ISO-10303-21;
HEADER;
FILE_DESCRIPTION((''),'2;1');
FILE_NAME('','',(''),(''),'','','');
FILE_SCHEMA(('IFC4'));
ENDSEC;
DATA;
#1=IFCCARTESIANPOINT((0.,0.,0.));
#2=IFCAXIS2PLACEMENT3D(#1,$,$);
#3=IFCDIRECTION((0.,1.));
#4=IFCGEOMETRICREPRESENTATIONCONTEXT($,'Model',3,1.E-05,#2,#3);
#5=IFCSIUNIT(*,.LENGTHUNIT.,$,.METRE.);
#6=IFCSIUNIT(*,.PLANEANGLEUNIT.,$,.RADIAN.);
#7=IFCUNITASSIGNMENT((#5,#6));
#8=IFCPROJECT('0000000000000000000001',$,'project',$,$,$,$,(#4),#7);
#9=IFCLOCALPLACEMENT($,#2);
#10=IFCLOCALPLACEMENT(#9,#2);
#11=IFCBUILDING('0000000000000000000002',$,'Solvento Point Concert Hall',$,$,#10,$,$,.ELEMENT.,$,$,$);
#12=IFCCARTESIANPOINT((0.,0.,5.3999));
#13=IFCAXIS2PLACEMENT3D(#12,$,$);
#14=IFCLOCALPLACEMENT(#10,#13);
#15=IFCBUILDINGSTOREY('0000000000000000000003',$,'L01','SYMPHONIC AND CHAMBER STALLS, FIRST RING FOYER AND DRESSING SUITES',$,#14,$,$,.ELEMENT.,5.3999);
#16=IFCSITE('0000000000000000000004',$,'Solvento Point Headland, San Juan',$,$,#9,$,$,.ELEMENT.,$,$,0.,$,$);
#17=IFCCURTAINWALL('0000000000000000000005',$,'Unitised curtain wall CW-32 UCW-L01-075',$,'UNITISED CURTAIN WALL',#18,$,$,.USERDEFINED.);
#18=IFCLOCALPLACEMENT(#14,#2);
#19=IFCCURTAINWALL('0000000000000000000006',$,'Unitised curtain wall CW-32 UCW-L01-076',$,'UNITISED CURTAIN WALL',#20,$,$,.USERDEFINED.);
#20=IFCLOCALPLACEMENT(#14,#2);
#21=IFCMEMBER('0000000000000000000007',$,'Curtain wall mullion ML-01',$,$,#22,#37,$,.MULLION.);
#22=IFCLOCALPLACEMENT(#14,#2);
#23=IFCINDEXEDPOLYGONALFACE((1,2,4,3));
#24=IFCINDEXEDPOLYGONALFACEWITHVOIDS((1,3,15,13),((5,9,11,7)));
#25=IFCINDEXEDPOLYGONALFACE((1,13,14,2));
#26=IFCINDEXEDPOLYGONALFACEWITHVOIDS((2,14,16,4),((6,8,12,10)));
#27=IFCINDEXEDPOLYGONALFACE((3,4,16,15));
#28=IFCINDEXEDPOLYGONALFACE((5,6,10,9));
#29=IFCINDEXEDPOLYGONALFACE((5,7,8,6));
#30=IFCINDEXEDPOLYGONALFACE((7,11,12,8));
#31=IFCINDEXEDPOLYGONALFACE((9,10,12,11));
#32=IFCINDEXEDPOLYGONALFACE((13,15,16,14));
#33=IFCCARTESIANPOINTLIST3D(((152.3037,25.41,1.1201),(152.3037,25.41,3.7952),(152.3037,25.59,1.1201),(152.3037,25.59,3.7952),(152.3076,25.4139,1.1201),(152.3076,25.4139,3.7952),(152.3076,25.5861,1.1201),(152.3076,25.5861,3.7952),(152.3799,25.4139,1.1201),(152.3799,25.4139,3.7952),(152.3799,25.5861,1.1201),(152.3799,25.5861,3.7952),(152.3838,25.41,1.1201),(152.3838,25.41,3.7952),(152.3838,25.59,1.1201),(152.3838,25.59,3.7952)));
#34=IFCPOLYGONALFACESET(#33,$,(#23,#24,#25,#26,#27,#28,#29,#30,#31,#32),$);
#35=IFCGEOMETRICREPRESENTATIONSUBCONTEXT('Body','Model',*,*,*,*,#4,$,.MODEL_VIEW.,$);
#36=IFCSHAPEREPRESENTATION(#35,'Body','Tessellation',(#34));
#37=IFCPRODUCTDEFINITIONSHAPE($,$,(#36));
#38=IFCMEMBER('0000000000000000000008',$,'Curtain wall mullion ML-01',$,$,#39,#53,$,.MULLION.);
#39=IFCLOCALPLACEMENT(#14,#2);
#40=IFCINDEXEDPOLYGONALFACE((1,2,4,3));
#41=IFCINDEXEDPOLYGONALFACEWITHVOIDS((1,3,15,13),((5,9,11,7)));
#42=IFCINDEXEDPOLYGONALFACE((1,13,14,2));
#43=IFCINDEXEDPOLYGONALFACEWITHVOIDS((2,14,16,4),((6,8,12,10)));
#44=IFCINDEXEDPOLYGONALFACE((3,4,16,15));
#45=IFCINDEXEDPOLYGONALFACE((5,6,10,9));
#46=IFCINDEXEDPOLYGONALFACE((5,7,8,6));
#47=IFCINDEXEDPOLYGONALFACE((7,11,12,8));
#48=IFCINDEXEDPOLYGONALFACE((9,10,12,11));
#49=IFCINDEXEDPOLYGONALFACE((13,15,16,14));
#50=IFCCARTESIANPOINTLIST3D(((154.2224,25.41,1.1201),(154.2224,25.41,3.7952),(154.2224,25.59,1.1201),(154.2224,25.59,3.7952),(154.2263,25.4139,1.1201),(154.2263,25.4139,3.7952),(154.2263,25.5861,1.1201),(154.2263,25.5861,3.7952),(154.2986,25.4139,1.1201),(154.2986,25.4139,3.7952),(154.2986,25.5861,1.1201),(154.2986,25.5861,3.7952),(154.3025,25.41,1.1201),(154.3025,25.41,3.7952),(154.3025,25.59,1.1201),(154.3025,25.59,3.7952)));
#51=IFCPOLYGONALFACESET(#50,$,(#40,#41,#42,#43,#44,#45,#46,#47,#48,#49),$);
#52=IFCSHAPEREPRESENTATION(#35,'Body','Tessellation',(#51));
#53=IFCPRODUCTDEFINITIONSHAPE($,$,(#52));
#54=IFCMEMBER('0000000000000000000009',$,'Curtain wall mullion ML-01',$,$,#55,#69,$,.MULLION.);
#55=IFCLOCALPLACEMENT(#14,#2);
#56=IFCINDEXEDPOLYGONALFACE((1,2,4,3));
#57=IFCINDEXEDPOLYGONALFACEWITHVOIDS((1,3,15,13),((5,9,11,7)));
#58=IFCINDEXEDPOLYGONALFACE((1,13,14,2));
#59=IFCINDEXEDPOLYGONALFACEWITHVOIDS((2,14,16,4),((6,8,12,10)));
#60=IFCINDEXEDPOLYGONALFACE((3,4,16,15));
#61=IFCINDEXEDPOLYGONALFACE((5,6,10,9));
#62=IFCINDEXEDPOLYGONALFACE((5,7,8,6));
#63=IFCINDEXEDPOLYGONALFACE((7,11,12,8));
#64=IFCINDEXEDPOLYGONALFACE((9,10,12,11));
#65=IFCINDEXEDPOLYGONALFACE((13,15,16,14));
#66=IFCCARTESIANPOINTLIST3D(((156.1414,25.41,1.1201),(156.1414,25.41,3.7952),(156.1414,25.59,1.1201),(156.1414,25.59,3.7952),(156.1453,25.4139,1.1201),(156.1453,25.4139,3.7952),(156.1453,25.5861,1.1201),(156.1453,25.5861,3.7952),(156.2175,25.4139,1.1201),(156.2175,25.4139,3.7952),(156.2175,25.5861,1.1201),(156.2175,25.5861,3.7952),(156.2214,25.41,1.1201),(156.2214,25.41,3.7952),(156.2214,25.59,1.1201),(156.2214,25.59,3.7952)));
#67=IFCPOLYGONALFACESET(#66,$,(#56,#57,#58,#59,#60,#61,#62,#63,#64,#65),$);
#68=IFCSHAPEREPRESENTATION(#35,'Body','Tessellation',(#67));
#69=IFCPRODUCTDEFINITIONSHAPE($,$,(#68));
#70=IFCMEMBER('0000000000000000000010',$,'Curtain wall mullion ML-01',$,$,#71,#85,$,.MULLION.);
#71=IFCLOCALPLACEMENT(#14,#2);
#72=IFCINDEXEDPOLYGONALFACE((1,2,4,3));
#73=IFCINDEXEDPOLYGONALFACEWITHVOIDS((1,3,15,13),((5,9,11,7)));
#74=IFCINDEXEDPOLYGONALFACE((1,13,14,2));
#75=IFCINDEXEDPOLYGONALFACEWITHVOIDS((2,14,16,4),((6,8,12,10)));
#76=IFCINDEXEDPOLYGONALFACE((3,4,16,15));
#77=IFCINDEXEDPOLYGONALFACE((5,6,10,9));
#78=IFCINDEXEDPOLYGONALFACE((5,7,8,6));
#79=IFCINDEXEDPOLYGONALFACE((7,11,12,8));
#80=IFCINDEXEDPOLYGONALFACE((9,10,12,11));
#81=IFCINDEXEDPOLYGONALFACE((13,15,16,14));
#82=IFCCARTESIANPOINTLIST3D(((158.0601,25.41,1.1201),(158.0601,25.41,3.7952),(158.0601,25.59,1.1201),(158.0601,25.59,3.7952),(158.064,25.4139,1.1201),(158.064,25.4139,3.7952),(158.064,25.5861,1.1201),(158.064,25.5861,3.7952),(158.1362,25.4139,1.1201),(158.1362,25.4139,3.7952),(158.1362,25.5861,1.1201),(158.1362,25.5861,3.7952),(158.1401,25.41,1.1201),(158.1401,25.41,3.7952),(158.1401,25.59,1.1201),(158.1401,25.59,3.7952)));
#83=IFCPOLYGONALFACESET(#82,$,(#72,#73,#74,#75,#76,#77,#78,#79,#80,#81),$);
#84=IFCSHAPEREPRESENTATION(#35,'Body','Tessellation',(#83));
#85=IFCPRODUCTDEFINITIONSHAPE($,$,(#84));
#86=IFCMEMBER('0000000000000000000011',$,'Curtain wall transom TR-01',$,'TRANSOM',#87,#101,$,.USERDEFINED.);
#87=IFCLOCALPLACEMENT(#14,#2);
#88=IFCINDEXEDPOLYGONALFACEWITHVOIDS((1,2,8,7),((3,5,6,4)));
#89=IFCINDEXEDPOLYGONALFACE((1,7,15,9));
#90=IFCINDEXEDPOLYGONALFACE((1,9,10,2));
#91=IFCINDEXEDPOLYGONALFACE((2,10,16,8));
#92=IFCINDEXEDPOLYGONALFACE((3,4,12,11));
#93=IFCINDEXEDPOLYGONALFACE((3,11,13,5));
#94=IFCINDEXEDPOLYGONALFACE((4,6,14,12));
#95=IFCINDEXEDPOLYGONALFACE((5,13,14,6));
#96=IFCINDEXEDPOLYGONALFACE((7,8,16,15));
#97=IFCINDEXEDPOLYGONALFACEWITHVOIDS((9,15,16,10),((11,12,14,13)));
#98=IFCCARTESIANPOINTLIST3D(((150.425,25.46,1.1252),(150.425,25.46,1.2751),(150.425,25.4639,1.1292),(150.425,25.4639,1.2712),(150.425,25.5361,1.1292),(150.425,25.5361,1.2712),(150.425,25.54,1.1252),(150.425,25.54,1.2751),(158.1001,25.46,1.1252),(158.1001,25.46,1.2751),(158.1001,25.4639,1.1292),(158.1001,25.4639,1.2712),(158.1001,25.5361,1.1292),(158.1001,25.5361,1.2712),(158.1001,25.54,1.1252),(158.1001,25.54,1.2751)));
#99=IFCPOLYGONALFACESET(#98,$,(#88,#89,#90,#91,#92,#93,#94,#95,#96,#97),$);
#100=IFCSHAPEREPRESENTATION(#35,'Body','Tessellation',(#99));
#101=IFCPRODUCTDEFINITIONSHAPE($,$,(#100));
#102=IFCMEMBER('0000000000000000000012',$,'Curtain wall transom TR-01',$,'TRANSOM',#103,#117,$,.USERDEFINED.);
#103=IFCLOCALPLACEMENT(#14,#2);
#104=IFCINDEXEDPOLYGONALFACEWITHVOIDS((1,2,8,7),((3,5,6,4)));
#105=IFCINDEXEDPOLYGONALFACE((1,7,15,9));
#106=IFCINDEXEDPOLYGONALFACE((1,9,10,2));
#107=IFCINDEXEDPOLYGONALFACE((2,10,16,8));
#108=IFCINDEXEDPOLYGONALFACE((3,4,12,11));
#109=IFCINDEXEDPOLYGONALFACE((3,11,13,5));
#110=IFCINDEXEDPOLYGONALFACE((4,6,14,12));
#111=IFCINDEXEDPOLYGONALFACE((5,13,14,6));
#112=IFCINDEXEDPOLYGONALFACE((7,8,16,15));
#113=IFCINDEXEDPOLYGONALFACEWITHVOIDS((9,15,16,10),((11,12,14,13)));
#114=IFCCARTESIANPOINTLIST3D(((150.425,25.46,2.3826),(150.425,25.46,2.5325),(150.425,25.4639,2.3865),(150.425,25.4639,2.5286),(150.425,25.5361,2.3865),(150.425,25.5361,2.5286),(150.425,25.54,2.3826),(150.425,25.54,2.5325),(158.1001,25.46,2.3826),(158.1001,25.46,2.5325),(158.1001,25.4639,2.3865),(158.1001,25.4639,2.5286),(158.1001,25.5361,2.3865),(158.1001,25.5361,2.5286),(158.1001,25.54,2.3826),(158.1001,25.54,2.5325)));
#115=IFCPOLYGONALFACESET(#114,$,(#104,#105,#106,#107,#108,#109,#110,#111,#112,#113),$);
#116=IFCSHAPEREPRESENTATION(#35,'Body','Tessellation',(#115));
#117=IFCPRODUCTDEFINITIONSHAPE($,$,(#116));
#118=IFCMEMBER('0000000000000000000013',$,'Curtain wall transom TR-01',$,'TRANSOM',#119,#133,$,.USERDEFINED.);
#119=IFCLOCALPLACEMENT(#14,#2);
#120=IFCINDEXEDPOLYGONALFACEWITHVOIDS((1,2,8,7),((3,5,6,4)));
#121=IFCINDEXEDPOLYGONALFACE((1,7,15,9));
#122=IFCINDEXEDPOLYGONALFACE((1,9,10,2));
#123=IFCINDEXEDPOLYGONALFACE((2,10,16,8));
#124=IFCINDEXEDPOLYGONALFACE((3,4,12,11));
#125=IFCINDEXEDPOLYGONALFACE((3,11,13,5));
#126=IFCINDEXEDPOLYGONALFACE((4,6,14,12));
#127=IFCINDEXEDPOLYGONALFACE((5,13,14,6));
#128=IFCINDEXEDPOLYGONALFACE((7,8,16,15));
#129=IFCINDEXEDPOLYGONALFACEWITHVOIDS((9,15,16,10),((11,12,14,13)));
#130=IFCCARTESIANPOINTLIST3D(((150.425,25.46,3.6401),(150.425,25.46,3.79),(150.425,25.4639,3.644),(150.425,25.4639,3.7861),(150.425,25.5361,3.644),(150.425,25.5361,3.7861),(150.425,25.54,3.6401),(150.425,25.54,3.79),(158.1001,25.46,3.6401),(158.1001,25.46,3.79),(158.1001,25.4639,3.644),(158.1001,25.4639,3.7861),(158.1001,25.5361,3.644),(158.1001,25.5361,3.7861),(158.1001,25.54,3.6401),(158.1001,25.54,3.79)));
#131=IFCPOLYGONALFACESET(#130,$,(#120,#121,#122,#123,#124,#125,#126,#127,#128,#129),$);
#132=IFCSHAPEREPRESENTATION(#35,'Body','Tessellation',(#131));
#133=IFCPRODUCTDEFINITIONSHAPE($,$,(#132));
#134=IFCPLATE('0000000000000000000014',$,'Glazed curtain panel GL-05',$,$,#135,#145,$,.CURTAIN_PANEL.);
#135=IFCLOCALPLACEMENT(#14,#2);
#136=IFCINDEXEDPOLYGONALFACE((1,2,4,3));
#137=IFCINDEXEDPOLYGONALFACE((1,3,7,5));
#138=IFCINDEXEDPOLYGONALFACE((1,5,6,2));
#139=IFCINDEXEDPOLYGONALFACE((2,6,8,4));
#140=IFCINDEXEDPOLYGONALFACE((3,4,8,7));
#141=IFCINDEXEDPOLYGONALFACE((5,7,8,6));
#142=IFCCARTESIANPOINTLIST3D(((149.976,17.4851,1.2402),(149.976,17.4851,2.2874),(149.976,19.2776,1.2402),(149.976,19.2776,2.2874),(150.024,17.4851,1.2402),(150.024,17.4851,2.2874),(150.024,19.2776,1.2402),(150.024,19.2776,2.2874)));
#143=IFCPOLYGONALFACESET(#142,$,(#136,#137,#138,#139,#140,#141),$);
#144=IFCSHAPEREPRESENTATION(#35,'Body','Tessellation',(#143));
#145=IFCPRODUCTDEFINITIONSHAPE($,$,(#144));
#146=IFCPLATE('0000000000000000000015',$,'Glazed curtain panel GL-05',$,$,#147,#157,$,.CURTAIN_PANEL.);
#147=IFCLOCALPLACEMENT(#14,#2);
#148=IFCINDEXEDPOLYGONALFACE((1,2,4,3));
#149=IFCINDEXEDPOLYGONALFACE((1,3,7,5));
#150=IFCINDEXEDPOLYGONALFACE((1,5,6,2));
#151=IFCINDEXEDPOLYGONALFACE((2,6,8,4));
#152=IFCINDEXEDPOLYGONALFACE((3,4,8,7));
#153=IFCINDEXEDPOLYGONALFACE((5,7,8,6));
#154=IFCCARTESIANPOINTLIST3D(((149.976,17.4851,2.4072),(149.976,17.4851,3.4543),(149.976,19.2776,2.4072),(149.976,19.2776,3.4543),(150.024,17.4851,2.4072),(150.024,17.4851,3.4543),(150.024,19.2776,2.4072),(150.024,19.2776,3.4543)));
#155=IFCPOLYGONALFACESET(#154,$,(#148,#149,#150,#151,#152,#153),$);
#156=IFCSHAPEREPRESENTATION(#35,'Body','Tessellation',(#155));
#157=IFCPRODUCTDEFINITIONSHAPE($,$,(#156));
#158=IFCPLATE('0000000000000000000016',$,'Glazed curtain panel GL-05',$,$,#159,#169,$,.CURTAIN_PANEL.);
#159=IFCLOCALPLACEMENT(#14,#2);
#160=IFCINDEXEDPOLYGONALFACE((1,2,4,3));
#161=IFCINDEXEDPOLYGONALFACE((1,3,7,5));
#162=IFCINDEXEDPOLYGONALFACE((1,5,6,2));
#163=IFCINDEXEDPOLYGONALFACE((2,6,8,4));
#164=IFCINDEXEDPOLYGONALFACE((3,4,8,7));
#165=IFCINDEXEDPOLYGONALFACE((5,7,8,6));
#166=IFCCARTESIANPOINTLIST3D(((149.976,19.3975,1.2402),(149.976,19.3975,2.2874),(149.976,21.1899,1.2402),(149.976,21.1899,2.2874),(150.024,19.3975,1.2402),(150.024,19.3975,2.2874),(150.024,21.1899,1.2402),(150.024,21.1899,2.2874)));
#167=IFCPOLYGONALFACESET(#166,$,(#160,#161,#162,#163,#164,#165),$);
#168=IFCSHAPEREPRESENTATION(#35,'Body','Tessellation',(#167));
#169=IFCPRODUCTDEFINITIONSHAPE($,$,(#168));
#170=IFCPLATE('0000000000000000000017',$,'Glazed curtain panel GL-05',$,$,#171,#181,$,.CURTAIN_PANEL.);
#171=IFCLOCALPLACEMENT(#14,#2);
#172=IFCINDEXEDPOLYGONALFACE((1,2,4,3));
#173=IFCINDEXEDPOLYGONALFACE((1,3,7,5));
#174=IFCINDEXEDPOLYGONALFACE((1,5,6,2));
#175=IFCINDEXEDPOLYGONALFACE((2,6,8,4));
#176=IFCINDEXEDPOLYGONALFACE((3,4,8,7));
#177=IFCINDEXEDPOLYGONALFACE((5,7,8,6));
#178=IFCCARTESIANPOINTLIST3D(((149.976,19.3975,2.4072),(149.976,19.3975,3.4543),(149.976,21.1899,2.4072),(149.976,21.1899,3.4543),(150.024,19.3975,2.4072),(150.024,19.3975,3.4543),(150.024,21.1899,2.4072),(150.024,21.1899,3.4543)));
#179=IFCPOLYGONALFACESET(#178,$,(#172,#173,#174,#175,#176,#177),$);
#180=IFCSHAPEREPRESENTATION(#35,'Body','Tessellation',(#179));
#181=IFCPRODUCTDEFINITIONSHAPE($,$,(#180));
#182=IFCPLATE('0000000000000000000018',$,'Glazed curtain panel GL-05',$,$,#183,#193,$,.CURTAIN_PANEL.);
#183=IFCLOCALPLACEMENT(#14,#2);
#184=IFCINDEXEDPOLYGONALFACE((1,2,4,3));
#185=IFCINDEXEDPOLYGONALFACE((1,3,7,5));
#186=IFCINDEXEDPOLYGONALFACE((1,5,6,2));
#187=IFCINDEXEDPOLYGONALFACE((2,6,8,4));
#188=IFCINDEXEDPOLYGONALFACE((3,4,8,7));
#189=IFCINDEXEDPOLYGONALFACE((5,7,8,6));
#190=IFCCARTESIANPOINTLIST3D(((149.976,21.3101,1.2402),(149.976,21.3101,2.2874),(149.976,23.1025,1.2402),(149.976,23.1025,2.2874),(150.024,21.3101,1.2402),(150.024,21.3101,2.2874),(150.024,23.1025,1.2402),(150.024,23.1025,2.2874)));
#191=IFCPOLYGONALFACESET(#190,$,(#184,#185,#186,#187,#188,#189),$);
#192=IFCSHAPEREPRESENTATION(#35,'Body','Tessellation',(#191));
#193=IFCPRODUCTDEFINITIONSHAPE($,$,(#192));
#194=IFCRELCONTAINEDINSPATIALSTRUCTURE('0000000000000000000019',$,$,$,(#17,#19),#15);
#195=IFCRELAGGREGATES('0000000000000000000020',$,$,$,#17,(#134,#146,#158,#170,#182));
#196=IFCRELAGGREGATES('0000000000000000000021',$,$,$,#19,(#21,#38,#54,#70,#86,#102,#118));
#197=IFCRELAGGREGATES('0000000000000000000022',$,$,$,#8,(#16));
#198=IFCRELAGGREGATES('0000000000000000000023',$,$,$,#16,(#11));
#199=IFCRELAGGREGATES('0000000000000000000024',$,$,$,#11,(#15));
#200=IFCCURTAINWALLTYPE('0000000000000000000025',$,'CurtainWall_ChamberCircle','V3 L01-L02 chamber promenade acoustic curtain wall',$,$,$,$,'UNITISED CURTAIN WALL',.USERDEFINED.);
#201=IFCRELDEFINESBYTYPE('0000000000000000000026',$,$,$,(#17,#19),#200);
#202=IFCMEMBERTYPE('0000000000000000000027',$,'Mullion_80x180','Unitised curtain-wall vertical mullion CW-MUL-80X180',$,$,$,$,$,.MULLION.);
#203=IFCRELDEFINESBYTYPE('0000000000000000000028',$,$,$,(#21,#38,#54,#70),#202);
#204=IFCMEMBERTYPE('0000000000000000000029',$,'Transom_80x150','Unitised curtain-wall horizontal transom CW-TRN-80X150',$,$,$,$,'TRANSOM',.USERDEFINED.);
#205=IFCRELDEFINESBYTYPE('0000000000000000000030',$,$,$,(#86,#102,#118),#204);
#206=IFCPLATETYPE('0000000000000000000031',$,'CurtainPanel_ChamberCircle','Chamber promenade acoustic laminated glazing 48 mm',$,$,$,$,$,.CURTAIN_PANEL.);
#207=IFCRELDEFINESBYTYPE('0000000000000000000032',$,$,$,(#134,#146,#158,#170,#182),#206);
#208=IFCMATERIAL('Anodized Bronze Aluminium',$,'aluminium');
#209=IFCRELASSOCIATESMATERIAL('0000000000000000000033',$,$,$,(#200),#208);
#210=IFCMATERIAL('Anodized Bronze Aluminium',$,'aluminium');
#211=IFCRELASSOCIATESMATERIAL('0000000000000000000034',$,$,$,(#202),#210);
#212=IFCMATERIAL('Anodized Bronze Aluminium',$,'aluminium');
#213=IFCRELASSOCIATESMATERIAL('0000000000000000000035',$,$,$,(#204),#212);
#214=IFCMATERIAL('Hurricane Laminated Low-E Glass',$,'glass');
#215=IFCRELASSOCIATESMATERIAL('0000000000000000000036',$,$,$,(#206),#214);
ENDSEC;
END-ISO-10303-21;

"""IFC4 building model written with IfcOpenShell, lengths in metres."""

from ifc_helpers import new_model, si_unit, direction, frame, origin, origin_2d, place, context, subcontext, project, spatial, rectangle, hollow_rectangle, extrude, material, material_profile, profile_set, type_object, element, aggregate, save


model = new_model("IFC4")

# Units and contexts
model_context = context("Model", 3, precision=1e-05, world=origin(), true_north=direction((0.0, 1.0)))
body_context = subcontext(model_context, "Body", "Model", "MODEL_VIEW")
ifc_project = project(units=[si_unit("LENGTHUNIT", "METRE"), si_unit("PLANEANGLEUNIT", "RADIAN")], contexts=[model_context])

# Site, building, storey
site_placement = place(None, origin())
site = spatial("IfcSite", under=ifc_project, at=site_placement, Name="Solvento Point Headland, San Juan", CompositionType="ELEMENT", RefElevation=0.0)
building_placement = place(site_placement, origin())
building = spatial("IfcBuilding", under=site, at=building_placement, Name="Solvento Point Concert Hall", CompositionType="ELEMENT")
storey_placement = place(building_placement, frame((0.0, 0.0, 5.3999)))
storey = spatial("IfcBuildingStorey", under=building, at=storey_placement, Name="L01", Description="SYMPHONIC AND CHAMBER STALLS, FIRST RING FOYER AND DRESSING SUITES", CompositionType="ELEMENT", Elevation=5.3999)

# Curtain walls, members
ifc_material_1 = material(Name="Anodized Bronze Aluminium", Category="aluminium")
curtain_wall_type = type_object("IfcCurtainWallType", Name="CurtainWall_ChamberCircle", Description="V3 L01-L02 chamber promenade acoustic curtain wall", ElementType="UNITISED CURTAIN WALL", PredefinedType="USERDEFINED", material=ifc_material_1)
curtain_wall_1_placement = place(storey_placement, origin())
curtain_wall_1 = element("IfcCurtainWall", 1, at=curtain_wall_1_placement, inside=storey, type_object=curtain_wall_type, Name="Unitised curtain wall CW-32 UCW-L01-075", ObjectType="UNITISED CURTAIN WALL", PredefinedType="USERDEFINED")
ifc_material_2 = material(Name="Anodized Bronze Aluminium", Category="aluminium")
ifc_material_profile_1 = material_profile(ifc_material_2, hollow_rectangle(XDim=0.0801, YDim=0.1799, WallThickness=0.0039, at=origin_2d()), Name="CW-MUL-80X180")
ifc_profile_set_1 = profile_set([ifc_material_profile_1], Name="Anodized Bronze Aluminium")
member_type_1 = type_object("IfcMemberType", Name="Mullion_80x180", Description="Unitised curtain-wall vertical mullion CW-MUL-80X180", PredefinedType="MULLION", material=ifc_profile_set_1)
curtain_wall_2_placement = place(storey_placement, origin())
curtain_wall_2 = element("IfcCurtainWall", 2, at=curtain_wall_2_placement, inside=storey, type_object=curtain_wall_type, Name="Unitised curtain wall CW-32 UCW-L01-076", ObjectType="UNITISED CURTAIN WALL", PredefinedType="USERDEFINED")
member_1_placement = place(storey_placement, frame((152.3438, 25.5, 1.1201), z_axis=(0.0, 0.0, 1.0), x_axis=(1.0, 0.0, 0.0)))
member_1 = element("IfcMember", 3, at=member_1_placement, type_object=member_type_1, Name="Curtain wall mullion ML-01", PredefinedType="MULLION", context=body_context, shape_type="SweptSolid", body=[
    extrude(hollow_rectangle(XDim=0.0801, YDim=0.1799, WallThickness=0.0039, at=origin_2d()), origin(), (0.0, 0.0, 1.0), 2.675),
])
member_2_placement = place(storey_placement, frame((154.2625, 25.5, 1.1201), z_axis=(0.0, 0.0, 1.0), x_axis=(1.0, 0.0, 0.0)))
member_2 = element("IfcMember", 4, at=member_2_placement, type_object=member_type_1, Name="Curtain wall mullion ML-01", PredefinedType="MULLION", context=body_context, shape_type="SweptSolid", body=[
    extrude(hollow_rectangle(XDim=0.0801, YDim=0.1799, WallThickness=0.0039, at=origin_2d()), origin(), (0.0, 0.0, 1.0), 2.675),
])
member_3_placement = place(storey_placement, frame((156.1814, 25.5, 1.1201), z_axis=(0.0, 0.0, 1.0), x_axis=(1.0, 0.0, 0.0)))
member_3 = element("IfcMember", 5, at=member_3_placement, type_object=member_type_1, Name="Curtain wall mullion ML-01", PredefinedType="MULLION", context=body_context, shape_type="SweptSolid", body=[
    extrude(hollow_rectangle(XDim=0.0801, YDim=0.1799, WallThickness=0.0039, at=origin_2d()), origin(), (0.0, 0.0, 1.0), 2.675),
])
member_4_placement = place(storey_placement, frame((158.1001, 25.5, 1.1201), z_axis=(0.0, 0.0, 1.0), x_axis=(1.0, 0.0, 0.0)))
member_4 = element("IfcMember", 6, at=member_4_placement, type_object=member_type_1, Name="Curtain wall mullion ML-01", PredefinedType="MULLION", context=body_context, shape_type="SweptSolid", body=[
    extrude(hollow_rectangle(XDim=0.0801, YDim=0.1799, WallThickness=0.0039, at=origin_2d()), origin(), (0.0, 0.0, 1.0), 2.675),
])
ifc_material_3 = material(Name="Anodized Bronze Aluminium", Category="aluminium")
ifc_material_profile_2 = material_profile(ifc_material_3, hollow_rectangle(XDim=0.0801, YDim=0.1499, WallThickness=0.0039, at=origin_2d()), Name="CW-TRN-80X150")
ifc_profile_set_2 = profile_set([ifc_material_profile_2], Name="Anodized Bronze Aluminium")
member_type_2 = type_object("IfcMemberType", Name="Transom_80x150", Description="Unitised curtain-wall horizontal transom CW-TRN-80X150", ElementType="TRANSOM", PredefinedType="USERDEFINED", material=ifc_profile_set_2)
member_5_placement = place(storey_placement, frame((150.425, 25.5, 1.2002), z_axis=(1.0, 0.0, 0.0), x_axis=(0.0, 1.0, 0.0)))
member_5 = element("IfcMember", 7, at=member_5_placement, type_object=member_type_2, Name="Curtain wall transom TR-01", ObjectType="TRANSOM", PredefinedType="USERDEFINED", context=body_context, shape_type="SweptSolid", body=[
    extrude(hollow_rectangle(XDim=0.0801, YDim=0.1499, WallThickness=0.0039, at=origin_2d()), origin(), (0.0, 0.0, 1.0), 7.675),
])
member_6_placement = place(storey_placement, frame((150.425, 25.5, 2.4575), z_axis=(1.0, 0.0, 0.0), x_axis=(0.0, 1.0, 0.0)))
member_6 = element("IfcMember", 8, at=member_6_placement, type_object=member_type_2, Name="Curtain wall transom TR-01", ObjectType="TRANSOM", PredefinedType="USERDEFINED", context=body_context, shape_type="SweptSolid", body=[
    extrude(hollow_rectangle(XDim=0.0801, YDim=0.1499, WallThickness=0.0039, at=origin_2d()), origin(), (0.0, 0.0, 1.0), 7.675),
])
member_7_placement = place(storey_placement, frame((150.425, 25.5, 3.7151), z_axis=(1.0, 0.0, 0.0), x_axis=(0.0, 1.0, 0.0)))
member_7 = element("IfcMember", 9, at=member_7_placement, type_object=member_type_2, Name="Curtain wall transom TR-01", ObjectType="TRANSOM", PredefinedType="USERDEFINED", context=body_context, shape_type="SweptSolid", body=[
    extrude(hollow_rectangle(XDim=0.0801, YDim=0.1499, WallThickness=0.0039, at=origin_2d()), origin(), (0.0, 0.0, 1.0), 7.675),
])

# Plates
ifc_material_4 = material(Name="Hurricane Laminated Low-E Glass", Category="glass")
plate_type = type_object("IfcPlateType", Name="CurtainPanel_ChamberCircle", Description="Chamber promenade acoustic laminated glazing 48 mm", PredefinedType="CURTAIN_PANEL", material=ifc_material_4)
plate_1_placement = place(storey_placement, frame((150.0, 18.3813, 1.2402), z_axis=(0.0, 0.0, 1.0), x_axis=(0.0, 1.0, 0.0)))
plate_1 = element("IfcPlate", 10, at=plate_1_placement, type_object=plate_type, Name="Glazed curtain panel GL-05", PredefinedType="CURTAIN_PANEL", context=body_context, shape_type="SweptSolid", body=[
    extrude(rectangle(XDim=1.7925, YDim=0.0481, at=origin_2d()), origin(), (0.0, 0.0, 1.0), 1.0471),
])
plate_2_placement = place(storey_placement, frame((150.0, 18.3813, 2.4072), z_axis=(0.0, 0.0, 1.0), x_axis=(0.0, 1.0, 0.0)))
plate_2 = element("IfcPlate", 11, at=plate_2_placement, type_object=plate_type, Name="Glazed curtain panel GL-05", PredefinedType="CURTAIN_PANEL", context=body_context, shape_type="SweptSolid", body=[
    extrude(rectangle(XDim=1.7925, YDim=0.0481, at=origin_2d()), origin(), (0.0, 0.0, 1.0), 1.0471),
])
plate_3_placement = place(storey_placement, frame((150.0, 20.2937, 1.2402), z_axis=(0.0, 0.0, 1.0), x_axis=(0.0, 1.0, 0.0)))
plate_3 = element("IfcPlate", 12, at=plate_3_placement, type_object=plate_type, Name="Glazed curtain panel GL-05", PredefinedType="CURTAIN_PANEL", context=body_context, shape_type="SweptSolid", body=[
    extrude(rectangle(XDim=1.7925, YDim=0.0481, at=origin_2d()), origin(), (0.0, 0.0, 1.0), 1.0471),
])
plate_4_placement = place(storey_placement, frame((150.0, 20.2937, 2.4072), z_axis=(0.0, 0.0, 1.0), x_axis=(0.0, 1.0, 0.0)))
plate_4 = element("IfcPlate", 13, at=plate_4_placement, type_object=plate_type, Name="Glazed curtain panel GL-05", PredefinedType="CURTAIN_PANEL", context=body_context, shape_type="SweptSolid", body=[
    extrude(rectangle(XDim=1.7925, YDim=0.0481, at=origin_2d()), origin(), (0.0, 0.0, 1.0), 1.0471),
])
plate_5_placement = place(storey_placement, frame((150.0, 22.2063, 1.2402), z_axis=(0.0, 0.0, 1.0), x_axis=(0.0, 1.0, 0.0)))
plate_5 = element("IfcPlate", 14, at=plate_5_placement, type_object=plate_type, Name="Glazed curtain panel GL-05", PredefinedType="CURTAIN_PANEL", context=body_context, shape_type="SweptSolid", body=[
    extrude(rectangle(XDim=1.7925, YDim=0.0481, at=origin_2d()), origin(), (0.0, 0.0, 1.0), 1.0471),
])
aggregate(curtain_wall_1, [plate_1, plate_2, plate_3, plate_4, plate_5])
aggregate(curtain_wall_2, [member_1, member_2, member_3, member_4, member_5, member_6, member_7])

save(model, "model.ifc")
